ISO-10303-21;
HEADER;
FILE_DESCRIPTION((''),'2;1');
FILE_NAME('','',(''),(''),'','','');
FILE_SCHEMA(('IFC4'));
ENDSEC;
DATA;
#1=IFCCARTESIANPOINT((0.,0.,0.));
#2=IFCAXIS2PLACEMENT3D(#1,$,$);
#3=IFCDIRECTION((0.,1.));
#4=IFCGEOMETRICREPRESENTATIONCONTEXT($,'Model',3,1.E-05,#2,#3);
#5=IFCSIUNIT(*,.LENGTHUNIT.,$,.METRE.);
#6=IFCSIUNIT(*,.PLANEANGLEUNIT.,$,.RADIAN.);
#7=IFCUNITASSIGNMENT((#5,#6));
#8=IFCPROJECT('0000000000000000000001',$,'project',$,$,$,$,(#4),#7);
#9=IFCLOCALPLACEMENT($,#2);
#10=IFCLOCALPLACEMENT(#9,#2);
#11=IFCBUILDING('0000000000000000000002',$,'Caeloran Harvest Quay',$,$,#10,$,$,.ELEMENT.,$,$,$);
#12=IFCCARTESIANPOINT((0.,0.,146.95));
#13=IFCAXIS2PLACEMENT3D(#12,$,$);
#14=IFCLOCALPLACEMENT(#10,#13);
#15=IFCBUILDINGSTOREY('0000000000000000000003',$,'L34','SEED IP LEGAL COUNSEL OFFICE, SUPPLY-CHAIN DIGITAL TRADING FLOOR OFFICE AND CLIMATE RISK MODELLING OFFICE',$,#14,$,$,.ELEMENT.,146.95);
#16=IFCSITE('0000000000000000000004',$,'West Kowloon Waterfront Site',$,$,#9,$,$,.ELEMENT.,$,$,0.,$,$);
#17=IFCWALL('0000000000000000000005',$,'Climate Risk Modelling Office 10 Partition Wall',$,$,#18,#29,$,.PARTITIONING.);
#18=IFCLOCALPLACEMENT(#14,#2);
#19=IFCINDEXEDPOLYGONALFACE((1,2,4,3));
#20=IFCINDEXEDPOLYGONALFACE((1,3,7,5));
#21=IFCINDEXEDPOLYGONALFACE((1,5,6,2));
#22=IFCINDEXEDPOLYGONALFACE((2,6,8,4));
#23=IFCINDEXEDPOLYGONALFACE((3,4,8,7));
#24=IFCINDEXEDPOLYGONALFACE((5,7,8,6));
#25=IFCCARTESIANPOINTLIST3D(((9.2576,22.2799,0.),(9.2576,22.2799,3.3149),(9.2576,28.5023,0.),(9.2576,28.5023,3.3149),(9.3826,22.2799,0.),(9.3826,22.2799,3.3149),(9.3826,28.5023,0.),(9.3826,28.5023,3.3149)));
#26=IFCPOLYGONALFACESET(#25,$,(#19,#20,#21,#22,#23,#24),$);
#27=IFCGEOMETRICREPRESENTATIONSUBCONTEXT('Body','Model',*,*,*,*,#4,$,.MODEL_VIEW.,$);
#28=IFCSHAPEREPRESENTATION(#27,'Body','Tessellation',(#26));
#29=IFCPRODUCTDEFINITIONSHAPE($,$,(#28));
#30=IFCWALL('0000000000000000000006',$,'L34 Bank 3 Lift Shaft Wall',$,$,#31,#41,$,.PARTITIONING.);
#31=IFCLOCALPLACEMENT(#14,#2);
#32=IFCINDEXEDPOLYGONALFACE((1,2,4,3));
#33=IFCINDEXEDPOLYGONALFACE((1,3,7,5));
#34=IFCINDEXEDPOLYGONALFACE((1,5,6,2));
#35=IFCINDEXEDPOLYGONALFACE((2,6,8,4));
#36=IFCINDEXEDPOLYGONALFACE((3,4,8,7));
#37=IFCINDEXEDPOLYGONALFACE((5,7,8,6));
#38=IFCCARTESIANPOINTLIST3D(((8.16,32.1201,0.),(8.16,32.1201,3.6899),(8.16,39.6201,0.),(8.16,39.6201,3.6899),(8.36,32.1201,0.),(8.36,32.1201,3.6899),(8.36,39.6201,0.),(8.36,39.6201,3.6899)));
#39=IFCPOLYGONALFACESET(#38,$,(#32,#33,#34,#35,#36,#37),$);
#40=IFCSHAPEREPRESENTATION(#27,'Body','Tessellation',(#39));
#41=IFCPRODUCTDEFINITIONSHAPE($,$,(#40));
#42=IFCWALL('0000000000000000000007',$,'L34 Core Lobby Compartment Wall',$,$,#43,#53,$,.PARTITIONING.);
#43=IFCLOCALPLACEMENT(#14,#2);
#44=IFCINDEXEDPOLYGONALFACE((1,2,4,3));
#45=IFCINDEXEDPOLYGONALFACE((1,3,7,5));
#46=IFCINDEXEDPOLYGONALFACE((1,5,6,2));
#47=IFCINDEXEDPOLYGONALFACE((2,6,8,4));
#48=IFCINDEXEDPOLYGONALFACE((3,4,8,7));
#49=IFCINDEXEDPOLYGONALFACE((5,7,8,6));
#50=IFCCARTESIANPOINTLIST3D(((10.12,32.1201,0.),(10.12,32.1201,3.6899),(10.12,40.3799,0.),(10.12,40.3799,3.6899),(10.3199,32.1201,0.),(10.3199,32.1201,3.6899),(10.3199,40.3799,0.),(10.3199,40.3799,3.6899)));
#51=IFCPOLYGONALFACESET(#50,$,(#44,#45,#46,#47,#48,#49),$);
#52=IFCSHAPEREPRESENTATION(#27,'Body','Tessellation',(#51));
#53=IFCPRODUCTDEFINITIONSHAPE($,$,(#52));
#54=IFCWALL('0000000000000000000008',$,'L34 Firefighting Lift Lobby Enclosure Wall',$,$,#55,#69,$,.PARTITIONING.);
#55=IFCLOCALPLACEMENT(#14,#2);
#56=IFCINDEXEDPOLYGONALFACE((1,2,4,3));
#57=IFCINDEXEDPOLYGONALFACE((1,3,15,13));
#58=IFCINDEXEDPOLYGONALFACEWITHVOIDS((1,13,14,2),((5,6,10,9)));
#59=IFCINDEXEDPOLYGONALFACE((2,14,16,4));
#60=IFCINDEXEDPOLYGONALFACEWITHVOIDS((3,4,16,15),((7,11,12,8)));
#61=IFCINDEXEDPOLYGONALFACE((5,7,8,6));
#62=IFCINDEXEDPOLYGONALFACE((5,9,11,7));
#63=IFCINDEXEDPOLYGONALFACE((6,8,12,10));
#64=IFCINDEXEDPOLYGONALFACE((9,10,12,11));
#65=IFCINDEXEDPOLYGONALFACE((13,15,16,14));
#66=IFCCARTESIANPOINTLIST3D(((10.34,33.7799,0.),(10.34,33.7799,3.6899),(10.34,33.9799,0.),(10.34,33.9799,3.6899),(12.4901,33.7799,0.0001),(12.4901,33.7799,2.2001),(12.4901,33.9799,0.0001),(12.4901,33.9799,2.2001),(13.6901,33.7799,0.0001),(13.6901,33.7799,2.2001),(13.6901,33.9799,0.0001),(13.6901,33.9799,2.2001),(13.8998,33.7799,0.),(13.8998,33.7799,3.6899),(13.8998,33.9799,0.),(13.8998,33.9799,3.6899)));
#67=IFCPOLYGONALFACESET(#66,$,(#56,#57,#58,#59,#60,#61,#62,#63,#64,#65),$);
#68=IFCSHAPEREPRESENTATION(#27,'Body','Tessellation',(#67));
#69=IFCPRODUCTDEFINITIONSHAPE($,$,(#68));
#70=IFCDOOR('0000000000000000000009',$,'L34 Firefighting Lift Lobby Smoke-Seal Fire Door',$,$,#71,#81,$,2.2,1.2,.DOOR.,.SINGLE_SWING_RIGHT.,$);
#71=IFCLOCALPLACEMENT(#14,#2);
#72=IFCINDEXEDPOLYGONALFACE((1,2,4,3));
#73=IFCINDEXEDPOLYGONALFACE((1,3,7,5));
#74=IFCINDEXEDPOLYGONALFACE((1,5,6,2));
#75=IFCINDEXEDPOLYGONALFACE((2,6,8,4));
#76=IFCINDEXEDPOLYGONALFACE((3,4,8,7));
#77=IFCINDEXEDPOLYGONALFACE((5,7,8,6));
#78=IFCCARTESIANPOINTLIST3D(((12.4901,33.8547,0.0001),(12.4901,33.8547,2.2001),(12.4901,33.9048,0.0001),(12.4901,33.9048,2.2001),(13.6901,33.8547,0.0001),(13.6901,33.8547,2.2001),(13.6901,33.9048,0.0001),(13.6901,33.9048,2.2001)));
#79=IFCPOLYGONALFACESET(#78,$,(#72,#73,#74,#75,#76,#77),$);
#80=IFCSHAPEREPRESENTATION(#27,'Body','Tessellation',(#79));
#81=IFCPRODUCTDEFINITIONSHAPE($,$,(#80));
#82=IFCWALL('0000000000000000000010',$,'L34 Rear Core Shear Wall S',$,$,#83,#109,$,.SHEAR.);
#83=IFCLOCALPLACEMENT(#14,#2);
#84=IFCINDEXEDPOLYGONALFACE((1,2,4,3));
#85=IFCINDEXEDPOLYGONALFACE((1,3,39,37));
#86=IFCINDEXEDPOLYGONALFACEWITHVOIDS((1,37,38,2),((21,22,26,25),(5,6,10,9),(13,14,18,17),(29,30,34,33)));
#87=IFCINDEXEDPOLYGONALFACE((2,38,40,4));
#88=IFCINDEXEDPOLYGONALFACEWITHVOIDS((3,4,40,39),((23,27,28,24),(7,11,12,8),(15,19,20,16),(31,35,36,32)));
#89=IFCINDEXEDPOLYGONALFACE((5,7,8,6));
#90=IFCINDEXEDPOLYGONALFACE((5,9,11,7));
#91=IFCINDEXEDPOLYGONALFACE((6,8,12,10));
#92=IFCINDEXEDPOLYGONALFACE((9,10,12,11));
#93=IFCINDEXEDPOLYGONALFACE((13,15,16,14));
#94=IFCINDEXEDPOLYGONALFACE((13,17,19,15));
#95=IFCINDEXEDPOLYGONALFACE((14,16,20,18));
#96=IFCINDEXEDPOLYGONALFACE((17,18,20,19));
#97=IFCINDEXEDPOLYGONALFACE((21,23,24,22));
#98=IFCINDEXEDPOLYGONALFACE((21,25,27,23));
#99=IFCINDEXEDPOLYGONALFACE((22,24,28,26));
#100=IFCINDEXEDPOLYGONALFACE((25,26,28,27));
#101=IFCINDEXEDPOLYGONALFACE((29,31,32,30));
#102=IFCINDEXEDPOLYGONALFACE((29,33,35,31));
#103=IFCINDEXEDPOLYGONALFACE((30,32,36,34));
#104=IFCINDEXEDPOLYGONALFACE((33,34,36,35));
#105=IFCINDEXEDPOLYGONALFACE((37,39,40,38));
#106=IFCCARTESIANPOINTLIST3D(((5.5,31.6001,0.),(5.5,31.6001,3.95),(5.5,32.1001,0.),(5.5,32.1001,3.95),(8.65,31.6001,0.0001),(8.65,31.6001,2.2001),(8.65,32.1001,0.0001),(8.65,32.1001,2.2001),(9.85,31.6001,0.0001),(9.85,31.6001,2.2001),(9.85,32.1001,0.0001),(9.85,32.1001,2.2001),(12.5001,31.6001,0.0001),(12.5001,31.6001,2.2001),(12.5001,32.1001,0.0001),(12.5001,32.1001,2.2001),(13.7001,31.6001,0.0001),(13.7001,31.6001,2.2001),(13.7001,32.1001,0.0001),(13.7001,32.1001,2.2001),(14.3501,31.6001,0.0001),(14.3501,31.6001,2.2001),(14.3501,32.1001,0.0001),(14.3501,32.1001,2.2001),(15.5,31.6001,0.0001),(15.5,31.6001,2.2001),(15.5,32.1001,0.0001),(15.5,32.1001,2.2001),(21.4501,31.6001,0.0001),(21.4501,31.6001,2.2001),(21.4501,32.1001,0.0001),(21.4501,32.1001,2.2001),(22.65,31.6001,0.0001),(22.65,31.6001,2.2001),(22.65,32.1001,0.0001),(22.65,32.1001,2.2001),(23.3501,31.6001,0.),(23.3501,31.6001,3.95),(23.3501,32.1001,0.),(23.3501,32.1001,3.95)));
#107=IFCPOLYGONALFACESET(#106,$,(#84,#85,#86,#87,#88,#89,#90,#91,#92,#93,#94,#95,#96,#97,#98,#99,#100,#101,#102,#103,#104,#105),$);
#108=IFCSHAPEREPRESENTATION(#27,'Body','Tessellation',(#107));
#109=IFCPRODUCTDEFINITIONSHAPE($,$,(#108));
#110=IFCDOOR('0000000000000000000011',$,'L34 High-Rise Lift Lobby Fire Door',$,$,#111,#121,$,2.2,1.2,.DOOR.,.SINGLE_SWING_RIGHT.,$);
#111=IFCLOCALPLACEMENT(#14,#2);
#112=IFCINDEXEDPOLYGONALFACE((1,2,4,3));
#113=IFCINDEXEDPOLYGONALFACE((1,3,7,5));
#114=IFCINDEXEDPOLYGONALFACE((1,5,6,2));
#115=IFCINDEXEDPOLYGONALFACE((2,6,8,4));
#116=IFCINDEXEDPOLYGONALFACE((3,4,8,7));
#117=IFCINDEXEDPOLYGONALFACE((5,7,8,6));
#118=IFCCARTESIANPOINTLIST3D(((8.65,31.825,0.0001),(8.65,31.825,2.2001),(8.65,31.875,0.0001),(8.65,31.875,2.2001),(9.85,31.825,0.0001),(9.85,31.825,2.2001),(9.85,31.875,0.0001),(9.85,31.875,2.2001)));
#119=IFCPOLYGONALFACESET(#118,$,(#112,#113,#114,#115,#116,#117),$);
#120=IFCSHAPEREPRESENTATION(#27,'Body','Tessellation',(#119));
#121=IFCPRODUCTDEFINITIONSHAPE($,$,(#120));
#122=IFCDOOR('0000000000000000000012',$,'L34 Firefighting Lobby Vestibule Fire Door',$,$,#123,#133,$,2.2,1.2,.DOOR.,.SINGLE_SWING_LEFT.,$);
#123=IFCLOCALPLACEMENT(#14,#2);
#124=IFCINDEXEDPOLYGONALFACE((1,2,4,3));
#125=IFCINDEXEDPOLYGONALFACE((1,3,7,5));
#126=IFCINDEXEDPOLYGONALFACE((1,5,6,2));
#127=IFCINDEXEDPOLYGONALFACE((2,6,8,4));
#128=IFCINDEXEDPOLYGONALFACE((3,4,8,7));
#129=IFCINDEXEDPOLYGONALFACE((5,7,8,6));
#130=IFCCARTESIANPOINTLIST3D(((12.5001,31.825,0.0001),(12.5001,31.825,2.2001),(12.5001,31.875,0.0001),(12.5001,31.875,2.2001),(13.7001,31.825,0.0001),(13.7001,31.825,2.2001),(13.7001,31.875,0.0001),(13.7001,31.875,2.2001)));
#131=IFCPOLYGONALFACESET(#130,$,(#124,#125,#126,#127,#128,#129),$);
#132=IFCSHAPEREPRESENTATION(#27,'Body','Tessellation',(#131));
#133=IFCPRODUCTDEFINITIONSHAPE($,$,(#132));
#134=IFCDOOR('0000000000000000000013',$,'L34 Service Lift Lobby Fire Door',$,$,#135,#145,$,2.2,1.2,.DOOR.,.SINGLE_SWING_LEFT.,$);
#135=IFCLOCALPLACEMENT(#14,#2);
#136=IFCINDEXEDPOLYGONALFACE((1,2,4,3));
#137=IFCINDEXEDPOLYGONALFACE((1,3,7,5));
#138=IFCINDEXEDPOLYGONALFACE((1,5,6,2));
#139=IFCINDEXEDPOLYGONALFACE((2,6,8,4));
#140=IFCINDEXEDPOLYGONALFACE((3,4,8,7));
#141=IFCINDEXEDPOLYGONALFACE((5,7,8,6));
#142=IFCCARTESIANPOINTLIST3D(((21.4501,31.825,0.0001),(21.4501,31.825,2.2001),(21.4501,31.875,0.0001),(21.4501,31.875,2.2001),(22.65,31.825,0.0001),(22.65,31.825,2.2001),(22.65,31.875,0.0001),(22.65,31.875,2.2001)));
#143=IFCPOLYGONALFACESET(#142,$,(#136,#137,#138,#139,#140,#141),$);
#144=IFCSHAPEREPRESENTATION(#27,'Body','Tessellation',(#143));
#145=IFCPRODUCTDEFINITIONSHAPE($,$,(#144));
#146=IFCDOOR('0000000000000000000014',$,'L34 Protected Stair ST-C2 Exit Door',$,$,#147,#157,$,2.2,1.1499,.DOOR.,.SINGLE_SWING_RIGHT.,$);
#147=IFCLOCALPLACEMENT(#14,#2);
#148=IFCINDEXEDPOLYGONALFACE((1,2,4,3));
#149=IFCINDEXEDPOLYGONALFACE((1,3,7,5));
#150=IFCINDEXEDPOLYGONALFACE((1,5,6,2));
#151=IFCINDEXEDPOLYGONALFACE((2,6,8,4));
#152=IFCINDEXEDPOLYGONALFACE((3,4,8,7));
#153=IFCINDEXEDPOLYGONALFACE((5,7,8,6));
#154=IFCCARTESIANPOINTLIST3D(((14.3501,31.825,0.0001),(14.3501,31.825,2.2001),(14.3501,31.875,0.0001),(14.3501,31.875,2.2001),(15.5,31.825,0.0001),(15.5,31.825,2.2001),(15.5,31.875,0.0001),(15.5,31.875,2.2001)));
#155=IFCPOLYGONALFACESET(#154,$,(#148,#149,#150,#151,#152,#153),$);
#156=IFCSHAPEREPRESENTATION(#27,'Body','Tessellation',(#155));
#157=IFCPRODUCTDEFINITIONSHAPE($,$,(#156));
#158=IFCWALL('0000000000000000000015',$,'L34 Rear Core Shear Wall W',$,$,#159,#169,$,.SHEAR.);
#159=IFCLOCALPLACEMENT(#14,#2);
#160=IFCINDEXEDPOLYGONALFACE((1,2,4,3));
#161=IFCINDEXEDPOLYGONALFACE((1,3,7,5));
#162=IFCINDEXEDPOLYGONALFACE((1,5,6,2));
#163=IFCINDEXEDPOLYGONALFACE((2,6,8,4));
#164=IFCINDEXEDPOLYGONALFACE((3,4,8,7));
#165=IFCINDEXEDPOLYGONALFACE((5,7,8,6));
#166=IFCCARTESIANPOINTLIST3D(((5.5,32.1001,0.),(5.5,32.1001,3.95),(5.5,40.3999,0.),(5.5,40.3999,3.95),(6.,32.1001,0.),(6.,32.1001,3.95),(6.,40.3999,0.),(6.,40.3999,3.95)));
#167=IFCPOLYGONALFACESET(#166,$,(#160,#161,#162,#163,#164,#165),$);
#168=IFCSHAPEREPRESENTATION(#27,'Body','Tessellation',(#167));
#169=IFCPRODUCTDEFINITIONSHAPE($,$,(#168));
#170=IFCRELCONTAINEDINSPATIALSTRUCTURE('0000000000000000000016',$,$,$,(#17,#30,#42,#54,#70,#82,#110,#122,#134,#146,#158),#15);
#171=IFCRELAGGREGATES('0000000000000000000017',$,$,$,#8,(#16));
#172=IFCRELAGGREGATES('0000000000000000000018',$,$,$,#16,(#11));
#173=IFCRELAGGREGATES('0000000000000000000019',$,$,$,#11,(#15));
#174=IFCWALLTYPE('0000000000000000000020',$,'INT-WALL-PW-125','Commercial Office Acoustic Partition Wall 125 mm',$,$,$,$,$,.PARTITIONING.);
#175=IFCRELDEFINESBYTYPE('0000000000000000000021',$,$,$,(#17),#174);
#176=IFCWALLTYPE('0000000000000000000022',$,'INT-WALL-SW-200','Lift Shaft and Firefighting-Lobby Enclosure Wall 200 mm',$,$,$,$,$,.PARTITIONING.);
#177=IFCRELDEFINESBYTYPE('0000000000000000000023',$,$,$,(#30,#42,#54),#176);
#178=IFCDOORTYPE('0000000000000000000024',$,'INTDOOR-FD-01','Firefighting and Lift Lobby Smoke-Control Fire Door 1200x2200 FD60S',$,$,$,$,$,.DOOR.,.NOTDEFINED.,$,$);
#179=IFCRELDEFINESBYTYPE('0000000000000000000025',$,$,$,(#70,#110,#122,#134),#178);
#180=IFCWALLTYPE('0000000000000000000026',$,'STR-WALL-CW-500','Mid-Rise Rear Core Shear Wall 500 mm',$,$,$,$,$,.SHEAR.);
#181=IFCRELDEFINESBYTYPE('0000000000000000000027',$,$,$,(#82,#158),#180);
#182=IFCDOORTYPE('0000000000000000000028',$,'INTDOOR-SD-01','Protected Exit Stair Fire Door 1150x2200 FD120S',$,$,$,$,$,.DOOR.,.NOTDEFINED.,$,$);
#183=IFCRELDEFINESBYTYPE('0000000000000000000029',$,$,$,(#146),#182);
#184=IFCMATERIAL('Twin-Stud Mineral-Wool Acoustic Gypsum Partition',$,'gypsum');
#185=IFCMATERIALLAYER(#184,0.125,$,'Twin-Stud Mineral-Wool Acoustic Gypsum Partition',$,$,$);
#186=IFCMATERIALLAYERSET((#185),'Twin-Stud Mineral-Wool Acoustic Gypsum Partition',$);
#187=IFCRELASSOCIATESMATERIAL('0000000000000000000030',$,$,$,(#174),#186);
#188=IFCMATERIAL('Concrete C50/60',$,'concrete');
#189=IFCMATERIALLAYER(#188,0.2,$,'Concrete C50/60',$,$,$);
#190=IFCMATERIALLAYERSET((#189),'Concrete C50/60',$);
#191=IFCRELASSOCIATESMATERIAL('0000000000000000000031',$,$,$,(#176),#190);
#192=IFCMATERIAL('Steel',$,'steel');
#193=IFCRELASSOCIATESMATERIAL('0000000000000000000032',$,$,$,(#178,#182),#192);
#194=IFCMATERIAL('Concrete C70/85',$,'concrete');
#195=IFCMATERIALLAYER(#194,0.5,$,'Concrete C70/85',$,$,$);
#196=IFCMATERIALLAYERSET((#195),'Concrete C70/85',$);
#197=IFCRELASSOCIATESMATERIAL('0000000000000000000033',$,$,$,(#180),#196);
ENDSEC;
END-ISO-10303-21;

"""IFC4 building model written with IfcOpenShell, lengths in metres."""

from ifc_helpers import new_model, si_unit, direction, frame, frame_2d, origin, place, context, subcontext, project, spatial, rectangle, extrude, material, layer, layer_set, type_object, element, fill, save


model = new_model("IFC4")

# Units and contexts
model_context = context("Model", 3, precision=1e-05, world=origin(), true_north=direction((0.0, 1.0)))
body_context = subcontext(model_context, "Body", "Model", "MODEL_VIEW")
ifc_project = project(units=[si_unit("LENGTHUNIT", "METRE"), si_unit("PLANEANGLEUNIT", "RADIAN")], contexts=[model_context])

# Site, building, storey
site_placement = place(None, origin())
site = spatial("IfcSite", under=ifc_project, at=site_placement, Name="West Kowloon Waterfront Site", CompositionType="ELEMENT", RefElevation=0.0)
building_placement = place(site_placement, origin())
building = spatial("IfcBuilding", under=site, at=building_placement, Name="Caeloran Harvest Quay", CompositionType="ELEMENT")
storey_placement = place(building_placement, frame((0.0, 0.0, 146.95)))
storey = spatial("IfcBuildingStorey", under=building, at=storey_placement, Name="L34", Description="SEED IP LEGAL COUNSEL OFFICE, SUPPLY-CHAIN DIGITAL TRADING FLOOR OFFICE AND CLIMATE RISK MODELLING OFFICE", CompositionType="ELEMENT", Elevation=146.95)

# Shared definitions
ifc_material_1 = material(Name="Concrete C70/85", Category="concrete")

# Shared definitions
ifc_material_2 = material(Name="Twin-Stud Mineral-Wool Acoustic Gypsum Partition", Category="gypsum")
ifc_layer_1 = layer(ifc_material_2, 0.125, Name="Twin-Stud Mineral-Wool Acoustic Gypsum Partition")
ifc_layer_set_1 = layer_set([ifc_layer_1], Name="Twin-Stud Mineral-Wool Acoustic Gypsum Partition")
wall_type_1 = type_object("IfcWallType", Name="INT-WALL-PW-125", Description="Commercial Office Acoustic Partition Wall 125 mm", PredefinedType="PARTITIONING", material=ifc_layer_set_1)

# Walls
wall_1_placement = place(storey_placement, frame((9.3201, 28.5024, 0.0), z_axis=(0.0, 0.0, 1.0), x_axis=(0.0, -1.0, 0.0)))
element("IfcWall", 1, at=wall_1_placement, inside=storey, type_object=wall_type_1, Name="Climate Risk Modelling Office 10 Partition Wall", PredefinedType="PARTITIONING", context=body_context, shape_type="SweptSolid", body=[
    extrude(rectangle(XDim=6.2224, YDim=0.125, at=frame_2d((3.1113, 0.0))), origin(), (0.0, 0.0, 1.0), 3.3149),
])
ifc_material_3 = material(Name="Concrete C50/60", Category="concrete")
ifc_layer_2 = layer(ifc_material_3, 0.2, Name="Concrete C50/60")
ifc_layer_set_2 = layer_set([ifc_layer_2], Name="Concrete C50/60")
wall_type_2 = type_object("IfcWallType", Name="INT-WALL-SW-200", Description="Lift Shaft and Firefighting-Lobby Enclosure Wall 200 mm", PredefinedType="PARTITIONING", material=ifc_layer_set_2)
wall_2_placement = place(storey_placement, frame((8.26, 32.1201, 0.0), z_axis=(0.0, 0.0, 1.0), x_axis=(0.0, 1.0, 0.0)))
element("IfcWall", 2, at=wall_2_placement, inside=storey, type_object=wall_type_2, Name="L34 Bank 3 Lift Shaft Wall", PredefinedType="PARTITIONING", context=body_context, shape_type="SweptSolid", body=[
    extrude(rectangle(XDim=7.5, YDim=0.2, at=frame_2d((3.75, 0.0))), origin(), (0.0, 0.0, 1.0), 3.6899),
])
wall_3_placement = place(storey_placement, frame((10.22, 32.1201, 0.0), z_axis=(0.0, 0.0, 1.0), x_axis=(0.0, 1.0, 0.0)))
element("IfcWall", 3, at=wall_3_placement, inside=storey, type_object=wall_type_2, Name="L34 Core Lobby Compartment Wall", PredefinedType="PARTITIONING", context=body_context, shape_type="SweptSolid", body=[
    extrude(rectangle(XDim=8.2598, YDim=0.2, at=frame_2d((4.1299, 0.0))), origin(), (0.0, 0.0, 1.0), 3.6899),
])

# Wall, opening, door
wall_4_placement = place(storey_placement, frame((10.3401, 33.8799, 0.0), z_axis=(0.0, 0.0, 1.0), x_axis=(1.0, 0.0, 0.0)))
wall_4 = element("IfcWall", 4, at=wall_4_placement, inside=storey, type_object=wall_type_2, Name="L34 Firefighting Lift Lobby Enclosure Wall", PredefinedType="PARTITIONING", context=body_context, shape_type="SweptSolid", body=[
    extrude(rectangle(XDim=3.5598, YDim=0.2, at=frame_2d((1.7798, 0.0))), origin(), (0.0, 0.0, 1.0), 3.6899),
])
opening_1_placement = place(wall_4_placement, frame((2.1499, 0.0, 0.0)))
opening_1 = element("IfcOpeningElement", 5, at=opening_1_placement, cuts=wall_4, PredefinedType="OPENING", context=body_context, shape_type="SweptSolid", body=[
    extrude(rectangle(XDim=1.2, YDim=2.2, at=frame_2d((0.6001, 1.1001))), frame((0.0, 0.1099, 0.0), z_axis=(0.0, -1.0, 0.0), x_axis=(1.0, 0.0, 0.0)), (0.0, 0.0, 1.0), 0.22),
])
ifc_material_4 = material(Name="Steel", Category="steel")
door_type_1 = type_object("IfcDoorType", Name="INTDOOR-FD-01", Description="Firefighting and Lift Lobby Smoke-Control Fire Door 1200x2200 FD60S", OperationType="NOTDEFINED", PredefinedType="DOOR", material=ifc_material_4)
door_1_placement = place(opening_1_placement, origin())
door_1 = element("IfcDoor", 6, at=door_1_placement, inside=storey, type_object=door_type_1, Name="L34 Firefighting Lift Lobby Smoke-Seal Fire Door", OperationType="SINGLE_SWING_RIGHT", OverallHeight=2.2, OverallWidth=1.2, PredefinedType="DOOR", context=body_context, shape_type="SweptSolid", body=[
    extrude(rectangle(XDim=1.2, YDim=2.2, at=frame_2d((0.6001, 1.1001))), frame((0.0, 0.0249, 0.0), z_axis=(0.0, -1.0, 0.0), x_axis=(1.0, 0.0, 0.0)), (0.0, 0.0, 1.0), 0.05),
])
fill(opening_1, door_1)

# Wall, openings, doors
ifc_layer_3 = layer(ifc_material_1, 0.5, Name="Concrete C70/85")
ifc_layer_set_3 = layer_set([ifc_layer_3], Name="Concrete C70/85")
wall_type_3 = type_object("IfcWallType", Name="STR-WALL-CW-500", Description="Mid-Rise Rear Core Shear Wall 500 mm", PredefinedType="SHEAR", material=ifc_layer_set_3)
wall_5_placement = place(storey_placement, frame((5.5, 31.8501, 0.0), z_axis=(0.0, 0.0, 1.0), x_axis=(1.0, 0.0, 0.0)))
wall_5 = element("IfcWall", 7, at=wall_5_placement, inside=storey, type_object=wall_type_3, Name="L34 Rear Core Shear Wall S", PredefinedType="SHEAR", context=body_context, shape_type="SweptSolid", body=[
    extrude(rectangle(XDim=17.8501, YDim=0.5, at=frame_2d((8.925, 0.0))), origin(), (0.0, 0.0, 1.0), 3.95),
])
opening_2_placement = place(wall_5_placement, frame((3.1499, 0.0, 0.0)))
opening_2 = element("IfcOpeningElement", 8, at=opening_2_placement, cuts=wall_5, PredefinedType="OPENING", context=body_context, shape_type="SweptSolid", body=[
    extrude(rectangle(XDim=1.2, YDim=2.2, at=frame_2d((0.6001, 1.1001))), frame((0.0, 0.26, 0.0), z_axis=(0.0, -1.0, 0.0), x_axis=(1.0, 0.0, 0.0)), (0.0, 0.0, 1.0), 0.52),
])
opening_3_placement = place(wall_5_placement, frame((7.0, 0.0, 0.0)))
opening_3 = element("IfcOpeningElement", 9, at=opening_3_placement, cuts=wall_5, PredefinedType="OPENING", context=body_context, shape_type="SweptSolid", body=[
    extrude(rectangle(XDim=1.2, YDim=2.2, at=frame_2d((0.6001, 1.1001))), frame((0.0, 0.26, 0.0), z_axis=(0.0, -1.0, 0.0), x_axis=(1.0, 0.0, 0.0)), (0.0, 0.0, 1.0), 0.52),
])
opening_4_placement = place(wall_5_placement, frame((8.8501, 0.0, 0.0)))
opening_4 = element("IfcOpeningElement", 10, at=opening_4_placement, cuts=wall_5, PredefinedType="OPENING", context=body_context, shape_type="SweptSolid", body=[
    extrude(rectangle(XDim=1.1499, YDim=2.2, at=frame_2d((0.575, 1.1001))), frame((0.0, 0.26, 0.0), z_axis=(0.0, -1.0, 0.0), x_axis=(1.0, 0.0, 0.0)), (0.0, 0.0, 1.0), 0.52),
])
opening_5_placement = place(wall_5_placement, frame((15.95, 0.0, 0.0)))
opening_5 = element("IfcOpeningElement", 11, at=opening_5_placement, cuts=wall_5, PredefinedType="OPENING", context=body_context, shape_type="SweptSolid", body=[
    extrude(rectangle(XDim=1.2, YDim=2.2, at=frame_2d((0.6001, 1.1001))), frame((0.0, 0.26, 0.0), z_axis=(0.0, -1.0, 0.0), x_axis=(1.0, 0.0, 0.0)), (0.0, 0.0, 1.0), 0.52),
])
door_2_placement = place(opening_2_placement, origin())
door_2 = element("IfcDoor", 12, at=door_2_placement, inside=storey, type_object=door_type_1, Name="L34 High-Rise Lift Lobby Fire Door", OperationType="SINGLE_SWING_RIGHT", OverallHeight=2.2, OverallWidth=1.2, PredefinedType="DOOR", context=body_context, shape_type="SweptSolid", body=[
    extrude(rectangle(XDim=1.2, YDim=2.2, at=frame_2d((0.6001, 1.1001))), frame((0.0, 0.0249, 0.0), z_axis=(0.0, -1.0, 0.0), x_axis=(1.0, 0.0, 0.0)), (0.0, 0.0, 1.0), 0.05),
])
fill(opening_2, door_2)
door_3_placement = place(opening_3_placement, origin())
door_3 = element("IfcDoor", 13, at=door_3_placement, inside=storey, type_object=door_type_1, Name="L34 Firefighting Lobby Vestibule Fire Door", OperationType="SINGLE_SWING_LEFT", OverallHeight=2.2, OverallWidth=1.2, PredefinedType="DOOR", context=body_context, shape_type="SweptSolid", body=[
    extrude(rectangle(XDim=1.2, YDim=2.2, at=frame_2d((0.6001, 1.1001))), frame((0.0, 0.0249, 0.0), z_axis=(0.0, -1.0, 0.0), x_axis=(1.0, 0.0, 0.0)), (0.0, 0.0, 1.0), 0.05),
])
fill(opening_3, door_3)
door_4_placement = place(opening_5_placement, origin())
door_4 = element("IfcDoor", 14, at=door_4_placement, inside=storey, type_object=door_type_1, Name="L34 Service Lift Lobby Fire Door", OperationType="SINGLE_SWING_LEFT", OverallHeight=2.2, OverallWidth=1.2, PredefinedType="DOOR", context=body_context, shape_type="SweptSolid", body=[
    extrude(rectangle(XDim=1.2, YDim=2.2, at=frame_2d((0.6001, 1.1001))), frame((0.0, 0.0249, 0.0), z_axis=(0.0, -1.0, 0.0), x_axis=(1.0, 0.0, 0.0)), (0.0, 0.0, 1.0), 0.05),
])
fill(opening_5, door_4)
door_type_2 = type_object("IfcDoorType", Name="INTDOOR-SD-01", Description="Protected Exit Stair Fire Door 1150x2200 FD120S", OperationType="NOTDEFINED", PredefinedType="DOOR", material=ifc_material_4)
door_5_placement = place(opening_4_placement, origin())
door_5 = element("IfcDoor", 15, at=door_5_placement, inside=storey, type_object=door_type_2, Name="L34 Protected Stair ST-C2 Exit Door", OperationType="SINGLE_SWING_RIGHT", OverallHeight=2.2, OverallWidth=1.1499, PredefinedType="DOOR", context=body_context, shape_type="SweptSolid", body=[
    extrude(rectangle(XDim=1.1499, YDim=2.2, at=frame_2d((0.575, 1.1001))), frame((0.0, 0.0249, 0.0), z_axis=(0.0, -1.0, 0.0), x_axis=(1.0, 0.0, 0.0)), (0.0, 0.0, 1.0), 0.05),
])
fill(opening_4, door_5)

# Wall
wall_6_placement = place(storey_placement, frame((5.75, 32.1001, 0.0), z_axis=(0.0, 0.0, 1.0), x_axis=(0.0, 1.0, 0.0)))
element("IfcWall", 16, at=wall_6_placement, inside=storey, type_object=wall_type_3, Name="L34 Rear Core Shear Wall W", PredefinedType="SHEAR", context=body_context, shape_type="SweptSolid", body=[
    extrude(rectangle(XDim=8.2998, YDim=0.5, at=frame_2d((4.1499, 0.0))), origin(), (0.0, 0.0, 1.0), 3.95),
])

save(model, "model.ifc")
